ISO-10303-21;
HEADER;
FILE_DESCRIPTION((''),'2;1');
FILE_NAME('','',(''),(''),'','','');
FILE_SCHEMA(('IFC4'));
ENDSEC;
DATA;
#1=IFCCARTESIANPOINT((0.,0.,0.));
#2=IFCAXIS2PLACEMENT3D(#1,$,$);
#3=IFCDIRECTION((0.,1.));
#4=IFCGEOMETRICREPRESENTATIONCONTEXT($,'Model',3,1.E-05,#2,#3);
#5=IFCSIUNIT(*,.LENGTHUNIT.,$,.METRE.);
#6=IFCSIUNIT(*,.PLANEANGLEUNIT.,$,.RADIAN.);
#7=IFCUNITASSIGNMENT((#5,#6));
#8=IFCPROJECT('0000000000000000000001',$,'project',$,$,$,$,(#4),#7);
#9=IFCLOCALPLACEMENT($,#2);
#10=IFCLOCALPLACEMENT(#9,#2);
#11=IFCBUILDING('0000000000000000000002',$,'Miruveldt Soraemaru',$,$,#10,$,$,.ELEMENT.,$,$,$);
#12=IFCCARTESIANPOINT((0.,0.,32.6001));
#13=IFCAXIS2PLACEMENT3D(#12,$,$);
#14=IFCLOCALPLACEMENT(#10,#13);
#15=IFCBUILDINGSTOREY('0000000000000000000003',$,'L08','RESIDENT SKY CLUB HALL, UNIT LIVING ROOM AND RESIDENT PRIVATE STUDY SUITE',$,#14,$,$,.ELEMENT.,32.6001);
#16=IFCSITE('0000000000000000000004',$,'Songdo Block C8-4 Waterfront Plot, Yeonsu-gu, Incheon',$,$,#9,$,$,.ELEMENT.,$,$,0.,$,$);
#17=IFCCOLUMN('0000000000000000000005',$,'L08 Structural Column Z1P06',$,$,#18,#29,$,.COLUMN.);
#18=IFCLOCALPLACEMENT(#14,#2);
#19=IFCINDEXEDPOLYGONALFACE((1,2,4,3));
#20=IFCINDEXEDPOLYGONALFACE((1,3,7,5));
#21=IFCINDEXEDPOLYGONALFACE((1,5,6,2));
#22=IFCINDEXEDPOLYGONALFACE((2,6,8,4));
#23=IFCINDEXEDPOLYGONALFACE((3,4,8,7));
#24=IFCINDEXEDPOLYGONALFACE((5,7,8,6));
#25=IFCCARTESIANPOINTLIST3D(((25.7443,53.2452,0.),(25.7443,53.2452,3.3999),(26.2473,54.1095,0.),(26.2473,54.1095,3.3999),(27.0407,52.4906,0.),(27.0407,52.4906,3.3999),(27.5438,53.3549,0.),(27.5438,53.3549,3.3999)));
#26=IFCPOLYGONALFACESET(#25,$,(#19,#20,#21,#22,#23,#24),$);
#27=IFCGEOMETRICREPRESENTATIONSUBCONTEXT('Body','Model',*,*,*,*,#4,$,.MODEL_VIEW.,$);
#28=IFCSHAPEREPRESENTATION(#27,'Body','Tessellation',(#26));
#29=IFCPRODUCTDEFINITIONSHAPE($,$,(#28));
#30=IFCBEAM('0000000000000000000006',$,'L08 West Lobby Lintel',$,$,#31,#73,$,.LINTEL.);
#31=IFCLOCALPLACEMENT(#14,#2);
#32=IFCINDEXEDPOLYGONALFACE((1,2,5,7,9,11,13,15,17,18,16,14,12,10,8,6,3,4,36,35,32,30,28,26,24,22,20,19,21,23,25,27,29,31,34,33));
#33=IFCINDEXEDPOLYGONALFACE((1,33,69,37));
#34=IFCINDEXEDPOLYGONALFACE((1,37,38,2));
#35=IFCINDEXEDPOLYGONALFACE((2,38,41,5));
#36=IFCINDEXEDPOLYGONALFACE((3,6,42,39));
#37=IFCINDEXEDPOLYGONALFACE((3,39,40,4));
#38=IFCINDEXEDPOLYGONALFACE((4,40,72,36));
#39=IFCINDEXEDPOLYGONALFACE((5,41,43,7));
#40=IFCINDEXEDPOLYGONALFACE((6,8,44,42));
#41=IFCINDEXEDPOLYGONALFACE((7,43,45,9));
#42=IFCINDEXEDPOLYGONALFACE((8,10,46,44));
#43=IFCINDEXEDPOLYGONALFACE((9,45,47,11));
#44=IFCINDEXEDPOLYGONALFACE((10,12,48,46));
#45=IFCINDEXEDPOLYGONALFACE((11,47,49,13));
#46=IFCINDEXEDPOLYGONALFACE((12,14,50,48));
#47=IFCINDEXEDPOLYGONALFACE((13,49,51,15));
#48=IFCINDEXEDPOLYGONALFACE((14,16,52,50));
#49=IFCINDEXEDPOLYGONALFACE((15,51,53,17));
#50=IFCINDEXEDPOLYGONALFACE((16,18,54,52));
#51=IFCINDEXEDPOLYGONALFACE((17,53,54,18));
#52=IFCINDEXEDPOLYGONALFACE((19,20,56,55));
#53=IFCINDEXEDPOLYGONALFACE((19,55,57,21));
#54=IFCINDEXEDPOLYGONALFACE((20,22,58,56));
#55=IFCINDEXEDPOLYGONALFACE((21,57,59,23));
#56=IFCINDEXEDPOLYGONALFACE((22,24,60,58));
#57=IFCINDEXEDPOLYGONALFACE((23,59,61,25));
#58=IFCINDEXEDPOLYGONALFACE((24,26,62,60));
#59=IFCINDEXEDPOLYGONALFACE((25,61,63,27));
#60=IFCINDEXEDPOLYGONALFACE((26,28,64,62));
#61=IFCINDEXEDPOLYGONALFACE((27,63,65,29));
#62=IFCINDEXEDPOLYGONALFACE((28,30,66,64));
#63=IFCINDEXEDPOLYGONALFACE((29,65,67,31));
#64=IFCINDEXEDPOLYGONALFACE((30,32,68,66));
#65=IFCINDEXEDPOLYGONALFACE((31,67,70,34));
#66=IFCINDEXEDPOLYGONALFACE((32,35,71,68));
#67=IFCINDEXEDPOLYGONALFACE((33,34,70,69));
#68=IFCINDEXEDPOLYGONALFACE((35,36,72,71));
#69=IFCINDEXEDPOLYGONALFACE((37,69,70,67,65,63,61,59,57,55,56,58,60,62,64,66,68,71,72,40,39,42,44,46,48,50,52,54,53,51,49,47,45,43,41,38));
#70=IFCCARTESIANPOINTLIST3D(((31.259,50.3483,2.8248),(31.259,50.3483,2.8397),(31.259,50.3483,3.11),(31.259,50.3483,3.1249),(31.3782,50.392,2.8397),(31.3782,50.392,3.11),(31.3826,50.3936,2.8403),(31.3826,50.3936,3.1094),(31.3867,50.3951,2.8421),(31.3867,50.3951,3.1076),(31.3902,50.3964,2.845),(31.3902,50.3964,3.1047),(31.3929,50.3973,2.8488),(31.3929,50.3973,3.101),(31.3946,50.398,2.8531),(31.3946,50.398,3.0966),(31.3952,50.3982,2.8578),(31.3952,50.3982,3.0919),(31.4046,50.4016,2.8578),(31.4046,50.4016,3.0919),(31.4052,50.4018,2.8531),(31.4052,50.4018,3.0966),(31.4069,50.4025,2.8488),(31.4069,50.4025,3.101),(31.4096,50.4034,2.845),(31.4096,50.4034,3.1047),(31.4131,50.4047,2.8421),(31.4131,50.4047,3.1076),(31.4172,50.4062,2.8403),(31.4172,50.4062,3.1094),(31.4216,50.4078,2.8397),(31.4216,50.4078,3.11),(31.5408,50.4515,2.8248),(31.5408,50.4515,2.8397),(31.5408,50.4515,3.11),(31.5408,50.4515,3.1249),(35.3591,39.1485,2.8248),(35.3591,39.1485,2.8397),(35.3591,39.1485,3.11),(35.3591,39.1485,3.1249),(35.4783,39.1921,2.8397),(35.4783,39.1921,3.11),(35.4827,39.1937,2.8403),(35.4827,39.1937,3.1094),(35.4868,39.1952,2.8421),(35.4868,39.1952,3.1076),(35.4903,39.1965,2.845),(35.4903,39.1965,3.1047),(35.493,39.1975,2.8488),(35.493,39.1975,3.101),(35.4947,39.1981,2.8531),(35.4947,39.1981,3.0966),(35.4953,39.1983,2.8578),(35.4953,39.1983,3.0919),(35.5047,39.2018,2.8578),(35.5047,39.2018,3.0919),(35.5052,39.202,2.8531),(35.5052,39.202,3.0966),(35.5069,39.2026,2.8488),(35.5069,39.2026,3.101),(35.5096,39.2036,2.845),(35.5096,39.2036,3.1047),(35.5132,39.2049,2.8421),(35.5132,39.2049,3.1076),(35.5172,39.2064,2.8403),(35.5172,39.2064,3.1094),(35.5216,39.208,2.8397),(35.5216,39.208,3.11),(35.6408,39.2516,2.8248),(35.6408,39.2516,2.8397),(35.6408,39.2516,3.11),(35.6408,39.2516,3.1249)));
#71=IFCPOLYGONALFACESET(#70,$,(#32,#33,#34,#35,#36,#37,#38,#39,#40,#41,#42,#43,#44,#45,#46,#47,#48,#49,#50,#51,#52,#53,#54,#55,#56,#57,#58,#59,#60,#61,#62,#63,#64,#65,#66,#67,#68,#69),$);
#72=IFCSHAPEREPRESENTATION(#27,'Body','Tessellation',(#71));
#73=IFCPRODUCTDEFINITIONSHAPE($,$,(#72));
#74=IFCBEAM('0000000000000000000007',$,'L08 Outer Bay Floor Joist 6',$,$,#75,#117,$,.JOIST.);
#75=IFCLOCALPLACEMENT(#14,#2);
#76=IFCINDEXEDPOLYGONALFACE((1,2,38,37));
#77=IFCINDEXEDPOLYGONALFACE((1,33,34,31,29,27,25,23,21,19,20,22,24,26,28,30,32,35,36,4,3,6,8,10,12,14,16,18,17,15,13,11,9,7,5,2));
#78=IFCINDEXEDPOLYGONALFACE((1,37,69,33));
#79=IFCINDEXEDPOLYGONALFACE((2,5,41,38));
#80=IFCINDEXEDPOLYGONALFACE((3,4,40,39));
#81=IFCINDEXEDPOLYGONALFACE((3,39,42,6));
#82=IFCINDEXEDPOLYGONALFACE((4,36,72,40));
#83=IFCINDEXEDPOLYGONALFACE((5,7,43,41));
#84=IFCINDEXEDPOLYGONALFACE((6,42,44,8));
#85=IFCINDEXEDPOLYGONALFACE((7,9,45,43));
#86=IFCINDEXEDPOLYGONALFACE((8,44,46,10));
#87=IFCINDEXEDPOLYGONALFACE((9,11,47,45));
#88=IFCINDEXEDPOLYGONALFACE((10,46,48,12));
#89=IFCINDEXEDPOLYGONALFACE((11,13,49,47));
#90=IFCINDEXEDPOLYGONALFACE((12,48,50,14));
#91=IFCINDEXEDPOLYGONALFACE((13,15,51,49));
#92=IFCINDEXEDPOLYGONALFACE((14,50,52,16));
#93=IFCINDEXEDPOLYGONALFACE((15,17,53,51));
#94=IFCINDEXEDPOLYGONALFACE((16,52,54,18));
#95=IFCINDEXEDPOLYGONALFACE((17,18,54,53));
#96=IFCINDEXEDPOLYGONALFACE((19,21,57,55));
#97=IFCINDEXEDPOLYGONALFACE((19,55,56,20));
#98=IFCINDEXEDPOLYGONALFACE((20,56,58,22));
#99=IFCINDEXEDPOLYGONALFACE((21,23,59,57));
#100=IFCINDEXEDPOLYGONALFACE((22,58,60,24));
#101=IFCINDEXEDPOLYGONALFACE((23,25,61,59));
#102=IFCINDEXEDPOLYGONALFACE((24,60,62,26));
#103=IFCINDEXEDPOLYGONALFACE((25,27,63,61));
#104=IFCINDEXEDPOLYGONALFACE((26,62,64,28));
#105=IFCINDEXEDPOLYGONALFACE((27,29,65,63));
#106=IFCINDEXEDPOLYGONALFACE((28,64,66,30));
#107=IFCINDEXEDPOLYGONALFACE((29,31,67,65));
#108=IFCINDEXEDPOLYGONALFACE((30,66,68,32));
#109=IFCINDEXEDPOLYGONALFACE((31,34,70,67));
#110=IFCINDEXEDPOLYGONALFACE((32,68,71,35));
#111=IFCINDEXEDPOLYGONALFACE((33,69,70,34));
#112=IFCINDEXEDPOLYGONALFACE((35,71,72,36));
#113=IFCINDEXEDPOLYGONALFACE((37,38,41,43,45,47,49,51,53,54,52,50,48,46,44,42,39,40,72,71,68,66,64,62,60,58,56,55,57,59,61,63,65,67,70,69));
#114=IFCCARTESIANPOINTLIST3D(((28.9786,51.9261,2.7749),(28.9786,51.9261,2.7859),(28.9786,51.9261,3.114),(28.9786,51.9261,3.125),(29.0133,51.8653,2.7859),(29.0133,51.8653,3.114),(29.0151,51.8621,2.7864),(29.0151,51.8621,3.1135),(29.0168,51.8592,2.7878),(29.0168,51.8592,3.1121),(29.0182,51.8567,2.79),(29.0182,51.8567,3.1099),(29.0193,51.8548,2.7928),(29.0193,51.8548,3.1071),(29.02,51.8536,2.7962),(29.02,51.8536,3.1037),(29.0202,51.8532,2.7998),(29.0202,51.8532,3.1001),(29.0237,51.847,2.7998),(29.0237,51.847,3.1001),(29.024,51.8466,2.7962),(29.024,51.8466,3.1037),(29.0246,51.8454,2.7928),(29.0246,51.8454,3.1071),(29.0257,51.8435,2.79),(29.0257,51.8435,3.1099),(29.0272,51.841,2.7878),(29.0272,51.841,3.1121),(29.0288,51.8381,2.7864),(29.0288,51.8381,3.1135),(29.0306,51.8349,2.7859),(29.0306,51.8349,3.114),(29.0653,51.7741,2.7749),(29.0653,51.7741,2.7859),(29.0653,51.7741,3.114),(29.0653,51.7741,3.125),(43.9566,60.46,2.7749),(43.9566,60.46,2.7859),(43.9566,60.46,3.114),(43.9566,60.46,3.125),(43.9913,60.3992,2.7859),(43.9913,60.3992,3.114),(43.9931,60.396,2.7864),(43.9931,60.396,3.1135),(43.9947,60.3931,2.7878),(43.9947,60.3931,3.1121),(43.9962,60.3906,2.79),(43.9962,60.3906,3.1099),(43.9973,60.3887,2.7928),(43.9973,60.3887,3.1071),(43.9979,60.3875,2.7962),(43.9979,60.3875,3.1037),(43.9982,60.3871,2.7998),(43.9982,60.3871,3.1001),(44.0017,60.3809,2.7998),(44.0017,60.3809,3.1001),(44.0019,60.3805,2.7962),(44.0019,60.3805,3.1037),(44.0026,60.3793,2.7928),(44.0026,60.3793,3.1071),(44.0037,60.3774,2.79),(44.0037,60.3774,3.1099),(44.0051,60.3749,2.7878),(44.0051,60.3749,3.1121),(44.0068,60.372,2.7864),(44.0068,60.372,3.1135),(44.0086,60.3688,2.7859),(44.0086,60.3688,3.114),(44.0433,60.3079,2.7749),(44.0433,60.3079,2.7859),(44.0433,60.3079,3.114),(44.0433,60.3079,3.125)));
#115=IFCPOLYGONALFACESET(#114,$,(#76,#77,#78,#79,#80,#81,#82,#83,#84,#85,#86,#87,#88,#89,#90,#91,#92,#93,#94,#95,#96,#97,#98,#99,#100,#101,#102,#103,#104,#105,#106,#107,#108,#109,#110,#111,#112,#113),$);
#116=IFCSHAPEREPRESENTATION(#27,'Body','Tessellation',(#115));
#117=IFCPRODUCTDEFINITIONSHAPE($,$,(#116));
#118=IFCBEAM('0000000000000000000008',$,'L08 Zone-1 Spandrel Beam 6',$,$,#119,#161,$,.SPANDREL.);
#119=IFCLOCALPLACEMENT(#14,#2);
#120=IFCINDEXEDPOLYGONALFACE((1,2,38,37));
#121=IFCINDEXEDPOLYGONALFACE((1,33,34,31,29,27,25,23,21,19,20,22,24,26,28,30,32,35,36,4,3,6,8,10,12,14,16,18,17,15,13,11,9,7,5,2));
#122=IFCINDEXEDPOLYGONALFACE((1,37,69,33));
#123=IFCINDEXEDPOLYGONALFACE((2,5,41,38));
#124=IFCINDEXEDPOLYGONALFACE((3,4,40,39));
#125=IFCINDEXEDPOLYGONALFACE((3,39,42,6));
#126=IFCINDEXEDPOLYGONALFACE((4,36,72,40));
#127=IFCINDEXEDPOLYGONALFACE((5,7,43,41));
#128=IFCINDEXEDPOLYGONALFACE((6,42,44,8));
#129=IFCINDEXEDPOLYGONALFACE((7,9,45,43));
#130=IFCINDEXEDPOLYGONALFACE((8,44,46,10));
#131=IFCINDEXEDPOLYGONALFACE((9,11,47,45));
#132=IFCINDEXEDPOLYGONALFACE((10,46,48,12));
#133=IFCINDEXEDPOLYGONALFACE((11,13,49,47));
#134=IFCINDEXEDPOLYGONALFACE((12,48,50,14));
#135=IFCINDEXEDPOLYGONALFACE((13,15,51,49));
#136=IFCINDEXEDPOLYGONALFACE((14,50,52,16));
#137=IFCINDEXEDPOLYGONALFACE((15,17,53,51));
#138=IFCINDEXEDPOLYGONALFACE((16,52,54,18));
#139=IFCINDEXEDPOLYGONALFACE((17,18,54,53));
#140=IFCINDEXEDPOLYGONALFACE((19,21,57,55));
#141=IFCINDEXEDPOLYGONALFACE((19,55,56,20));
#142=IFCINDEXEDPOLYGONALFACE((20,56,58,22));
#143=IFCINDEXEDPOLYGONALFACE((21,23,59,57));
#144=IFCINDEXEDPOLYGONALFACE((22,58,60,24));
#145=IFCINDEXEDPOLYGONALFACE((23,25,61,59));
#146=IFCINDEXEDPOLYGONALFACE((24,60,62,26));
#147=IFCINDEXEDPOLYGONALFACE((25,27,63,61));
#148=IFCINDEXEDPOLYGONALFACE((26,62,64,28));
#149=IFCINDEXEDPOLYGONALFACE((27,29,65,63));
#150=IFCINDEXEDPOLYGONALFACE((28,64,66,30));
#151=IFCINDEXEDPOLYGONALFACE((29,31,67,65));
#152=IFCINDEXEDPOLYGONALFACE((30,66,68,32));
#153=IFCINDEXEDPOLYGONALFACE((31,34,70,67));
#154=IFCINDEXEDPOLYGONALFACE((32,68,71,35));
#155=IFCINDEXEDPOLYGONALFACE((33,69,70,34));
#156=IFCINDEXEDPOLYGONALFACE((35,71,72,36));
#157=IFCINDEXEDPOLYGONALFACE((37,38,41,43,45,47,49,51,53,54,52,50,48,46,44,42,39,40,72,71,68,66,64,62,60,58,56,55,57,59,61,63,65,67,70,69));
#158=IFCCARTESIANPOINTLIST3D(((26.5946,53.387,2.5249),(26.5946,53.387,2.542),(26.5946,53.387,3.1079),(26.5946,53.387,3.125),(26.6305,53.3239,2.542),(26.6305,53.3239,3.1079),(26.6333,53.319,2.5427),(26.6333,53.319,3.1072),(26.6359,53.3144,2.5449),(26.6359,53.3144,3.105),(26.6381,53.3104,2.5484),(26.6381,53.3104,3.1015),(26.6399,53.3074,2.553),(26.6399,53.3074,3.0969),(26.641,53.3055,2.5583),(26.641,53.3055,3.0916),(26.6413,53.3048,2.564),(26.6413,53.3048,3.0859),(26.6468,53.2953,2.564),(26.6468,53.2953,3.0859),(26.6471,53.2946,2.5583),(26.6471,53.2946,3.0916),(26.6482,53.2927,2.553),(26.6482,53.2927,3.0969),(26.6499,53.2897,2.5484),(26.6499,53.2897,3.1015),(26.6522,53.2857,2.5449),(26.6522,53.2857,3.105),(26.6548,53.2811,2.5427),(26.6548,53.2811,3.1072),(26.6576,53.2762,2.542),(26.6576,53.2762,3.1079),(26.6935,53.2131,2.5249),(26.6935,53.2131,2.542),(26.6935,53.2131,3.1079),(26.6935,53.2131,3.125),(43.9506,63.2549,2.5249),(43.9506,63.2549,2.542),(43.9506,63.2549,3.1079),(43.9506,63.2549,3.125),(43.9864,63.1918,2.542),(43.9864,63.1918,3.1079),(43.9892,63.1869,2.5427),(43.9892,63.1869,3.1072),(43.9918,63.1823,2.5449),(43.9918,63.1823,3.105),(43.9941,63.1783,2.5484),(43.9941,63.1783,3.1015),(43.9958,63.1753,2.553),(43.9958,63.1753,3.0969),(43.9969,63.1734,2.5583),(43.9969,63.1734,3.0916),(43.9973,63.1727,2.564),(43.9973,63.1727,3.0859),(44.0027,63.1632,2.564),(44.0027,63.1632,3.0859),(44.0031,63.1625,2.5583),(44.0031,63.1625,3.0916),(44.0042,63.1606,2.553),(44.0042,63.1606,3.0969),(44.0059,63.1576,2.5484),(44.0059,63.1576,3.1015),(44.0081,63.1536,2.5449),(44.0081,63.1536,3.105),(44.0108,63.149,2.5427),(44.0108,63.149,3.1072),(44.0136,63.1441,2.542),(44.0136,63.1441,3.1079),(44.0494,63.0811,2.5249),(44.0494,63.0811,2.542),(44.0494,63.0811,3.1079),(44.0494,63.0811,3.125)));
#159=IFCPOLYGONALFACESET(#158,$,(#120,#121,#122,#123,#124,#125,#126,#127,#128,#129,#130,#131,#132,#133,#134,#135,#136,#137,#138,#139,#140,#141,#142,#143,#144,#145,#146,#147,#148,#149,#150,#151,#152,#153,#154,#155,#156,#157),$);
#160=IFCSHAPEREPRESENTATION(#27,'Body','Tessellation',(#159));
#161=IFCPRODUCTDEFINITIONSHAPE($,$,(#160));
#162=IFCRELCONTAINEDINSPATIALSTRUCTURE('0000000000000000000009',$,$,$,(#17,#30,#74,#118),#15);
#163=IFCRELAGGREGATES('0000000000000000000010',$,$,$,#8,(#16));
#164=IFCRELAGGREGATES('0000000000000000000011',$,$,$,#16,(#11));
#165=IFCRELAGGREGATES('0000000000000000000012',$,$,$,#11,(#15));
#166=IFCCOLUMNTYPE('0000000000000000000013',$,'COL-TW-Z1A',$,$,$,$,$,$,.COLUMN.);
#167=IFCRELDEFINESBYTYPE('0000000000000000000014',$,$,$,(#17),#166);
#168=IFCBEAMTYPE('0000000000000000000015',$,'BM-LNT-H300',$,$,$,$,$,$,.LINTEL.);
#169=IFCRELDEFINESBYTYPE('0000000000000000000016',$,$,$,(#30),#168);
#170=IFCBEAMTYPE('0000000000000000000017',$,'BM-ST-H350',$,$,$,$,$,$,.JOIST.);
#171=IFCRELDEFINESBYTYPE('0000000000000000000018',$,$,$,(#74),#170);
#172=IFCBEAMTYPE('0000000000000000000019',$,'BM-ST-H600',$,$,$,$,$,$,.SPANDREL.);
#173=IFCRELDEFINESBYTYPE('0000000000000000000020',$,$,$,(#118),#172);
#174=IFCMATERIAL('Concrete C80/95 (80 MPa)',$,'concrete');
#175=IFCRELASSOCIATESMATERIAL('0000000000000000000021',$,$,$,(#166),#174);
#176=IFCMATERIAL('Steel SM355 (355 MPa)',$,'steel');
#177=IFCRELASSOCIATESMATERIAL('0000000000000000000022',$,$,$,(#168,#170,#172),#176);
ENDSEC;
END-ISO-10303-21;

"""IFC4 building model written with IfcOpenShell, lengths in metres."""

from ifc_helpers import new_model, si_unit, direction, frame, origin, origin_2d, place, context, subcontext, project, spatial, rectangle, i_section, extrude, material, material_profile, profile_set, type_object, element, save


model = new_model("IFC4")

# Units and contexts
model_context = context("Model", 3, precision=1e-05, world=origin(), true_north=direction((0.0, 1.0)))
body_context = subcontext(model_context, "Body", "Model", "MODEL_VIEW")
ifc_project = project(units=[si_unit("LENGTHUNIT", "METRE"), si_unit("PLANEANGLEUNIT", "RADIAN")], contexts=[model_context])

# Site, building, storey
site_placement = place(None, origin())
site = spatial("IfcSite", under=ifc_project, at=site_placement, Name="Songdo Block C8-4 Waterfront Plot, Yeonsu-gu, Incheon", CompositionType="ELEMENT", RefElevation=0.0)
building_placement = place(site_placement, origin())
building = spatial("IfcBuilding", under=site, at=building_placement, Name="Miruveldt Soraemaru", CompositionType="ELEMENT")
storey_placement = place(building_placement, frame((0.0, 0.0, 32.6001)))
storey = spatial("IfcBuildingStorey", under=building, at=storey_placement, Name="L08", Description="RESIDENT SKY CLUB HALL, UNIT LIVING ROOM AND RESIDENT PRIVATE STUDY SUITE", CompositionType="ELEMENT", Elevation=32.6001)

# Column
ifc_material_1 = material(Name="Concrete C80/95 (80 MPa)", Category="concrete")
ifc_material_profile_1 = material_profile(ifc_material_1, rectangle(XDim=1.5, YDim=1.0, at=origin_2d()), Name="Concrete C80/95 (80 MPa)", Category="concrete")
ifc_profile_set_1 = profile_set([ifc_material_profile_1], Name="Concrete C80/95 (80 MPa)")
column_type = type_object("IfcColumnType", Name="COL-TW-Z1A", PredefinedType="COLUMN", material=ifc_profile_set_1)
column_placement = place(storey_placement, frame((26.644, 53.3, 0.0), z_axis=(0.0, 0.0, 1.0), x_axis=(-0.864275, 0.50302, 0.0)))
element("IfcColumn", 1, at=column_placement, inside=storey, type_object=column_type, Name="L08 Structural Column Z1P06", PredefinedType="COLUMN", context=body_context, shape_type="SweptSolid", body=[
    extrude(rectangle(XDim=1.5, YDim=1.0, at=origin_2d()), origin(), (0.0, 0.0, 1.0), 3.3999),
])

# Beams
ifc_material_2 = material(Name="Steel SM355 (355 MPa)", Category="steel")
ifc_material_profile_2 = material_profile(ifc_material_2, i_section(OverallWidth=0.3, OverallDepth=0.3, WebThickness=0.01, FlangeThickness=0.0149, FilletRadius=0.0181, at=origin_2d()), Name="Steel SM355 (355 MPa)", Category="steel")
ifc_profile_set_2 = profile_set([ifc_material_profile_2], Name="Steel SM355 (355 MPa)")
beam_type_1 = type_object("IfcBeamType", Name="BM-LNT-H300", PredefinedType="LINTEL", material=ifc_profile_set_2)
beam_1_placement = place(storey_placement, frame((31.3999, 50.3999, 2.9749), z_axis=(0.34377, -0.939054, 0.0), x_axis=(0.939054, 0.34377, 0.0)))
element("IfcBeam", 2, at=beam_1_placement, inside=storey, type_object=beam_type_1, Name="L08 West Lobby Lintel", PredefinedType="LINTEL", context=body_context, shape_type="SweptSolid", body=[
    extrude(i_section(OverallWidth=0.3, OverallDepth=0.3, WebThickness=0.01, FlangeThickness=0.0149, FilletRadius=0.0181, at=origin_2d()), origin(), (0.0, 0.0, 1.0), 11.9268),
])
ifc_material_profile_3 = material_profile(ifc_material_2, i_section(OverallWidth=0.175, OverallDepth=0.3501, WebThickness=0.0071, FlangeThickness=0.011, FilletRadius=0.0139, at=origin_2d()), Name="Steel SM355 (355 MPa)", Category="steel")
ifc_profile_set_3 = profile_set([ifc_material_profile_3], Name="Steel SM355 (355 MPa)")
beam_type_2 = type_object("IfcBeamType", Name="BM-ST-H350", PredefinedType="JOIST", material=ifc_profile_set_3)
beam_2_placement = place(storey_placement, frame((29.022, 51.8501, 2.95), z_axis=(0.868866, 0.495048, 0.0), x_axis=(-0.495048, 0.868866, 0.0)))
element("IfcBeam", 3, at=beam_2_placement, inside=storey, type_object=beam_type_2, Name="L08 Outer Bay Floor Joist 6", PredefinedType="JOIST", context=body_context, shape_type="SweptSolid", body=[
    extrude(i_section(OverallWidth=0.175, OverallDepth=0.3501, WebThickness=0.0071, FlangeThickness=0.011, FilletRadius=0.0139, at=origin_2d()), origin(), (0.0, 0.0, 1.0), 17.2385),
])
ifc_material_profile_4 = material_profile(ifc_material_2, i_section(OverallWidth=0.2, OverallDepth=0.6001, WebThickness=0.011, FlangeThickness=0.0171, FilletRadius=0.022, at=origin_2d()), Name="Steel SM355 (355 MPa)", Category="steel")
ifc_profile_set_4 = profile_set([ifc_material_profile_4], Name="Steel SM355 (355 MPa)")
beam_type_3 = type_object("IfcBeamType", Name="BM-ST-H600", PredefinedType="SPANDREL", material=ifc_profile_set_4)
beam_3_placement = place(storey_placement, frame((26.644, 53.3, 2.825), z_axis=(0.869315, 0.494259, 0.0), x_axis=(-0.494259, 0.869315, 0.0)))
element("IfcBeam", 4, at=beam_3_placement, inside=storey, type_object=beam_type_3, Name="L08 Zone-1 Spandrel Beam 6", PredefinedType="SPANDREL", context=body_context, shape_type="SweptSolid", body=[
    extrude(i_section(OverallWidth=0.2, OverallDepth=0.6001, WebThickness=0.011, FlangeThickness=0.0171, FilletRadius=0.022, at=origin_2d()), origin(), (0.0, 0.0, 1.0), 19.9651),
])

save(model, "model.ifc")
